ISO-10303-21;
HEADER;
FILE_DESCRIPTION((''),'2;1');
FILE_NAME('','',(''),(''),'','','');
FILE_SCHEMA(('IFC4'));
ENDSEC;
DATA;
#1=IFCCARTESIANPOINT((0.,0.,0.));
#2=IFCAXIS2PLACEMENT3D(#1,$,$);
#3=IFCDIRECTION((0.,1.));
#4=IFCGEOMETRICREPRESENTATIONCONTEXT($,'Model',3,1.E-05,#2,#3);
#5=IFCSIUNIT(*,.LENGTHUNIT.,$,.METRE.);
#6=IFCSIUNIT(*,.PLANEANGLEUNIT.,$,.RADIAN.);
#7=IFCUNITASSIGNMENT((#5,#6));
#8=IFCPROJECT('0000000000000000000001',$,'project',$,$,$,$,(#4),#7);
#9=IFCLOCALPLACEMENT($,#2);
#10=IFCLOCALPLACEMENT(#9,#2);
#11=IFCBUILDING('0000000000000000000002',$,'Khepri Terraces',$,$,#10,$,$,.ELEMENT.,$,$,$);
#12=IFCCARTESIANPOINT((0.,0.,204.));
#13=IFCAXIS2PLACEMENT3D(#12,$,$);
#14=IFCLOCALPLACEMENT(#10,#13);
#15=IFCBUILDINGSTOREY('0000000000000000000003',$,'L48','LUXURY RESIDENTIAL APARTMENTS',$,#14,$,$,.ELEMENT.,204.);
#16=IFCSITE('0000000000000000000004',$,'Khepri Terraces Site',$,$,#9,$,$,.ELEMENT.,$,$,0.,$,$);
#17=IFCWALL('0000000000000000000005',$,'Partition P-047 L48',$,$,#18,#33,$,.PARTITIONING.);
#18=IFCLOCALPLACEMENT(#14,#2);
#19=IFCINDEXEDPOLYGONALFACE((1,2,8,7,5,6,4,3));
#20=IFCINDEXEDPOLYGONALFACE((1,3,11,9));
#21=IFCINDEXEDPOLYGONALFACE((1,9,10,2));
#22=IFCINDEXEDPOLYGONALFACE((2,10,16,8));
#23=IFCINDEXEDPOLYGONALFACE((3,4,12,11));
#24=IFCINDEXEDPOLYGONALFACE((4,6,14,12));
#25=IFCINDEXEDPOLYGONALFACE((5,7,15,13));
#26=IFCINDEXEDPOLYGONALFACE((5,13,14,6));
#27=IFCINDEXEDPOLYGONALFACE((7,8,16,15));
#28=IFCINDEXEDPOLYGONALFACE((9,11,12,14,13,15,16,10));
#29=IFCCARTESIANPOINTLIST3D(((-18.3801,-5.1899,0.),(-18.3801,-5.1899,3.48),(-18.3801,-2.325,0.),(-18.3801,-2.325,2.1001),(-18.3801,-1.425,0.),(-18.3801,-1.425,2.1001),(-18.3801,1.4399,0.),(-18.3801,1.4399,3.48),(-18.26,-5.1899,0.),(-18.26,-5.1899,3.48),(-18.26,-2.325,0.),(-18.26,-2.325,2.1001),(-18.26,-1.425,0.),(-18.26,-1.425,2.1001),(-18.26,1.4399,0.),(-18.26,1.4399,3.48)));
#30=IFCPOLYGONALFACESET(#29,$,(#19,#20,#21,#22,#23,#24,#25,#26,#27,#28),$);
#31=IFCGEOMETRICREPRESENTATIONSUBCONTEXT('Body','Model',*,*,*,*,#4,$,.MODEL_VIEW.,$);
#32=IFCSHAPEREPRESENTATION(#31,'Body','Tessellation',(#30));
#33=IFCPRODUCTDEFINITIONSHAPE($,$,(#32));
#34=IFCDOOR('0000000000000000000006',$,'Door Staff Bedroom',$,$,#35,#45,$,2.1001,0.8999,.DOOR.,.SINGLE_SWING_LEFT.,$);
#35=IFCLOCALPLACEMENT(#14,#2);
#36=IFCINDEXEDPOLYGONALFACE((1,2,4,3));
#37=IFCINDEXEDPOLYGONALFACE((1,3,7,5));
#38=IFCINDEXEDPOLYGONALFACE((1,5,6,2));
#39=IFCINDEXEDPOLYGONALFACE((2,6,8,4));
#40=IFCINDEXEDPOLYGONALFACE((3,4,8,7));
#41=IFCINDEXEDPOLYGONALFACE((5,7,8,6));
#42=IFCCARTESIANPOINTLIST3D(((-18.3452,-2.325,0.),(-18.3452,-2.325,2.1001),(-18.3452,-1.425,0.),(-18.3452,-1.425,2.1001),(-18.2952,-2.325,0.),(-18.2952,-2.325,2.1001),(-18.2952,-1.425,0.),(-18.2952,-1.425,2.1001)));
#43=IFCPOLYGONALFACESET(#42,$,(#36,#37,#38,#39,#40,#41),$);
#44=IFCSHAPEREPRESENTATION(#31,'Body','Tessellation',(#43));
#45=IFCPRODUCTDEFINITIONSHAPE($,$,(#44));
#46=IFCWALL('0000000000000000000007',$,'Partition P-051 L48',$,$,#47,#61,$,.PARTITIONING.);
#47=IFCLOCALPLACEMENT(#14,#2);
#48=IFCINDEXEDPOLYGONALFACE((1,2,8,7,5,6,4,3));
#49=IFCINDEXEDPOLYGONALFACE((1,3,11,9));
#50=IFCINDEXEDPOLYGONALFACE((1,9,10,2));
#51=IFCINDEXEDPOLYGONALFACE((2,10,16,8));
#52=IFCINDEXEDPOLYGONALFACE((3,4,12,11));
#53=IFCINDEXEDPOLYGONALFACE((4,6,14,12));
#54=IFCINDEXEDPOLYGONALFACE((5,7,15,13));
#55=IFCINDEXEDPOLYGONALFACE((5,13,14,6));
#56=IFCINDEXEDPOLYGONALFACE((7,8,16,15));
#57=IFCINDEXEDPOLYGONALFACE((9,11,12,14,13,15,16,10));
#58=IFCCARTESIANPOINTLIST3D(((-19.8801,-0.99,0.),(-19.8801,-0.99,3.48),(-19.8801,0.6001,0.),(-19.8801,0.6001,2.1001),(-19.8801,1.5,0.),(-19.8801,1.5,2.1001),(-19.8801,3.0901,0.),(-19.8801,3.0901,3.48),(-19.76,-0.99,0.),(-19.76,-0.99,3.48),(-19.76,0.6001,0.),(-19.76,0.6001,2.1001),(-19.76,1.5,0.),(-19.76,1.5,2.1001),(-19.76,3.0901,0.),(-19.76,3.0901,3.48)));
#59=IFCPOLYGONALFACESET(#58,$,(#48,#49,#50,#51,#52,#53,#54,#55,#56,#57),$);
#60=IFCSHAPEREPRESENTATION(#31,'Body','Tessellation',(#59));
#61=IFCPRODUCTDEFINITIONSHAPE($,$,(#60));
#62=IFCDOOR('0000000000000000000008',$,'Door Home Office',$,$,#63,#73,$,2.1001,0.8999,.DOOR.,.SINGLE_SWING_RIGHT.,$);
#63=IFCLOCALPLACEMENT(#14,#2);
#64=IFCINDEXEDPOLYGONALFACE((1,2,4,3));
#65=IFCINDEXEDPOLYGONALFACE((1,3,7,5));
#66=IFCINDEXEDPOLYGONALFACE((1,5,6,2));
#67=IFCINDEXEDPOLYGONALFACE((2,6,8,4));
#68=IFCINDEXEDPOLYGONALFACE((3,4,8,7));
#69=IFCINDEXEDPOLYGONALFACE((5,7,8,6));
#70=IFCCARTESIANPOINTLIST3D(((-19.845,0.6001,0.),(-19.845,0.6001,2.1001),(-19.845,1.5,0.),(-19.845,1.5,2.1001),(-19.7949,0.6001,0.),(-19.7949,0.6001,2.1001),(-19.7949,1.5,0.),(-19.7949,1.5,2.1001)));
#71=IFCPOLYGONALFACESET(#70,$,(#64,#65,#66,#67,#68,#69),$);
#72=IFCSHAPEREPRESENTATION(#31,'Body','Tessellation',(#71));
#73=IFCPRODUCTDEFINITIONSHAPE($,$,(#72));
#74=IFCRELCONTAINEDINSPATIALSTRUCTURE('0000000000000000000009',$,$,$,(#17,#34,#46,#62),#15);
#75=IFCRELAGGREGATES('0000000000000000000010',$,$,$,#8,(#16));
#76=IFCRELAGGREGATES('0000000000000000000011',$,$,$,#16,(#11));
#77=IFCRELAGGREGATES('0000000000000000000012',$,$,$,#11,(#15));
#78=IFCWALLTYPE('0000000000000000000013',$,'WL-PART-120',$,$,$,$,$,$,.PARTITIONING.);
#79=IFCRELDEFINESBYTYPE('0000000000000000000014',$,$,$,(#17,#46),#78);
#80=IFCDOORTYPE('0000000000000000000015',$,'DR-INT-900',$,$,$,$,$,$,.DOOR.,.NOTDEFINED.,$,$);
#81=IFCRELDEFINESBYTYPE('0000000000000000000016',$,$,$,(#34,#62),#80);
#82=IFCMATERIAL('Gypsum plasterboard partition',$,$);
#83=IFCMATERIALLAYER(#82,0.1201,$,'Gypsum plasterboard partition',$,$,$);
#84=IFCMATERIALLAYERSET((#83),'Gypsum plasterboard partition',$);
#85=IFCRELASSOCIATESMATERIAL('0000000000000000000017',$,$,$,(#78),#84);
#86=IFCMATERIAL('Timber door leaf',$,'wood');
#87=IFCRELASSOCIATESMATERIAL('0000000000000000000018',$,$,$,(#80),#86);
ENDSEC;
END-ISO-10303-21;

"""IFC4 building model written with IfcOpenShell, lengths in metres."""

from ifc_helpers import new_model, si_unit, direction, frame, frame_2d, origin, place, context, subcontext, project, spatial, rectangle, extrude, material, layer, layer_set, type_object, element, fill, save


model = new_model("IFC4")

# Units and contexts
model_context = context("Model", 3, precision=1e-05, world=origin(), true_north=direction((0.0, 1.0)))
body_context = subcontext(model_context, "Body", "Model", "MODEL_VIEW")
ifc_project = project(units=[si_unit("LENGTHUNIT", "METRE"), si_unit("PLANEANGLEUNIT", "RADIAN")], contexts=[model_context])

# Site, building, storey
site_placement = place(None, origin())
site = spatial("IfcSite", under=ifc_project, at=site_placement, Name="Khepri Terraces Site", CompositionType="ELEMENT", RefElevation=0.0)
building_placement = place(site_placement, origin())
building = spatial("IfcBuilding", under=site, at=building_placement, Name="Khepri Terraces", CompositionType="ELEMENT")
storey_placement = place(building_placement, frame((0.0, 0.0, 204.0)))
storey = spatial("IfcBuildingStorey", under=building, at=storey_placement, Name="L48", Description="LUXURY RESIDENTIAL APARTMENTS", CompositionType="ELEMENT", Elevation=204.0)

# Shared definitions
ifc_material_1 = material(Name="Gypsum plasterboard partition")
ifc_layer_1 = layer(ifc_material_1, 0.1201, Name="Gypsum plasterboard partition")
ifc_layer_set_1 = layer_set([ifc_layer_1], Name="Gypsum plasterboard partition")
wall_type_1 = type_object("IfcWallType", Name="WL-PART-120", PredefinedType="PARTITIONING", material=ifc_layer_set_1)

# Walls, openings, doors
ifc_material_2 = material(Name="Timber door leaf", Category="wood")
door_type_1 = type_object("IfcDoorType", Name="DR-INT-900", OperationType="NOTDEFINED", PredefinedType="DOOR", material=ifc_material_2)
wall_1_placement = place(storey_placement, frame((-18.3201, -5.1899, 0.0), z_axis=(0.0, 0.0, 1.0), x_axis=(0.0, 1.0, 0.0)))
wall_1 = element("IfcWall", 1, at=wall_1_placement, inside=storey, type_object=wall_type_1, Name="Partition P-047 L48", PredefinedType="PARTITIONING", context=body_context, shape_type="SweptSolid", body=[
    extrude(rectangle(XDim=6.6299, YDim=0.1201, at=frame_2d((3.3149, 0.0))), origin(), (0.0, 0.0, 1.0), 3.48),
])
opening_1_placement = place(wall_1_placement, frame((2.865, 0.0, 0.0)))
opening_1 = element("IfcOpeningElement", 2, at=opening_1_placement, cuts=wall_1, PredefinedType="OPENING", context=body_context, shape_type="SweptSolid", body=[
    extrude(rectangle(XDim=0.8999, YDim=2.1001, at=frame_2d((0.45, 1.05))), frame((0.0, 0.0701, 0.0), z_axis=(0.0, -1.0, 0.0), x_axis=(1.0, 0.0, 0.0)), (0.0, 0.0, 1.0), 0.1401),
])
door_1_placement = place(opening_1_placement, frame((0.8999, 0.0, 0.0), z_axis=(0.0, 0.0, 1.0), x_axis=(-1.0, 0.0, 0.0)))
door_1 = element("IfcDoor", 3, at=door_1_placement, inside=storey, type_object=door_type_1, Name="Door Staff Bedroom", OperationType="SINGLE_SWING_LEFT", OverallHeight=2.1001, OverallWidth=0.8999, PredefinedType="DOOR", context=body_context, shape_type="SweptSolid", body=[
    extrude(rectangle(XDim=0.8999, YDim=2.1001, at=frame_2d((0.45, 1.05))), frame((0.0, 0.0249, 0.0), z_axis=(0.0, -1.0, 0.0), x_axis=(1.0, 0.0, 0.0)), (0.0, 0.0, 1.0), 0.05),
])
fill(opening_1, door_1)
wall_2_placement = place(storey_placement, frame((-19.8201, -0.99, 0.0), z_axis=(0.0, 0.0, 1.0), x_axis=(0.0, 1.0, 0.0)))
wall_2 = element("IfcWall", 4, at=wall_2_placement, inside=storey, type_object=wall_type_1, Name="Partition P-051 L48", PredefinedType="PARTITIONING", context=body_context, shape_type="SweptSolid", body=[
    extrude(rectangle(XDim=4.0801, YDim=0.1201, at=frame_2d((2.04, 0.0))), origin(), (0.0, 0.0, 1.0), 3.48),
])
opening_2_placement = place(wall_2_placement, frame((1.5901, 0.0, 0.0)))
opening_2 = element("IfcOpeningElement", 5, at=opening_2_placement, cuts=wall_2, PredefinedType="OPENING", context=body_context, shape_type="SweptSolid", body=[
    extrude(rectangle(XDim=0.8999, YDim=2.1001, at=frame_2d((0.45, 1.05))), frame((0.0, 0.0701, 0.0), z_axis=(0.0, -1.0, 0.0), x_axis=(1.0, 0.0, 0.0)), (0.0, 0.0, 1.0), 0.1401),
])
door_2_placement = place(opening_2_placement, origin())
door_2 = element("IfcDoor", 6, at=door_2_placement, inside=storey, type_object=door_type_1, Name="Door Home Office", OperationType="SINGLE_SWING_RIGHT", OverallHeight=2.1001, OverallWidth=0.8999, PredefinedType="DOOR", context=body_context, shape_type="SweptSolid", body=[
    extrude(rectangle(XDim=0.8999, YDim=2.1001, at=frame_2d((0.45, 1.05))), frame((0.0, 0.0249, 0.0), z_axis=(0.0, -1.0, 0.0), x_axis=(1.0, 0.0, 0.0)), (0.0, 0.0, 1.0), 0.05),
])
fill(opening_2, door_2)

save(model, "model.ifc")
